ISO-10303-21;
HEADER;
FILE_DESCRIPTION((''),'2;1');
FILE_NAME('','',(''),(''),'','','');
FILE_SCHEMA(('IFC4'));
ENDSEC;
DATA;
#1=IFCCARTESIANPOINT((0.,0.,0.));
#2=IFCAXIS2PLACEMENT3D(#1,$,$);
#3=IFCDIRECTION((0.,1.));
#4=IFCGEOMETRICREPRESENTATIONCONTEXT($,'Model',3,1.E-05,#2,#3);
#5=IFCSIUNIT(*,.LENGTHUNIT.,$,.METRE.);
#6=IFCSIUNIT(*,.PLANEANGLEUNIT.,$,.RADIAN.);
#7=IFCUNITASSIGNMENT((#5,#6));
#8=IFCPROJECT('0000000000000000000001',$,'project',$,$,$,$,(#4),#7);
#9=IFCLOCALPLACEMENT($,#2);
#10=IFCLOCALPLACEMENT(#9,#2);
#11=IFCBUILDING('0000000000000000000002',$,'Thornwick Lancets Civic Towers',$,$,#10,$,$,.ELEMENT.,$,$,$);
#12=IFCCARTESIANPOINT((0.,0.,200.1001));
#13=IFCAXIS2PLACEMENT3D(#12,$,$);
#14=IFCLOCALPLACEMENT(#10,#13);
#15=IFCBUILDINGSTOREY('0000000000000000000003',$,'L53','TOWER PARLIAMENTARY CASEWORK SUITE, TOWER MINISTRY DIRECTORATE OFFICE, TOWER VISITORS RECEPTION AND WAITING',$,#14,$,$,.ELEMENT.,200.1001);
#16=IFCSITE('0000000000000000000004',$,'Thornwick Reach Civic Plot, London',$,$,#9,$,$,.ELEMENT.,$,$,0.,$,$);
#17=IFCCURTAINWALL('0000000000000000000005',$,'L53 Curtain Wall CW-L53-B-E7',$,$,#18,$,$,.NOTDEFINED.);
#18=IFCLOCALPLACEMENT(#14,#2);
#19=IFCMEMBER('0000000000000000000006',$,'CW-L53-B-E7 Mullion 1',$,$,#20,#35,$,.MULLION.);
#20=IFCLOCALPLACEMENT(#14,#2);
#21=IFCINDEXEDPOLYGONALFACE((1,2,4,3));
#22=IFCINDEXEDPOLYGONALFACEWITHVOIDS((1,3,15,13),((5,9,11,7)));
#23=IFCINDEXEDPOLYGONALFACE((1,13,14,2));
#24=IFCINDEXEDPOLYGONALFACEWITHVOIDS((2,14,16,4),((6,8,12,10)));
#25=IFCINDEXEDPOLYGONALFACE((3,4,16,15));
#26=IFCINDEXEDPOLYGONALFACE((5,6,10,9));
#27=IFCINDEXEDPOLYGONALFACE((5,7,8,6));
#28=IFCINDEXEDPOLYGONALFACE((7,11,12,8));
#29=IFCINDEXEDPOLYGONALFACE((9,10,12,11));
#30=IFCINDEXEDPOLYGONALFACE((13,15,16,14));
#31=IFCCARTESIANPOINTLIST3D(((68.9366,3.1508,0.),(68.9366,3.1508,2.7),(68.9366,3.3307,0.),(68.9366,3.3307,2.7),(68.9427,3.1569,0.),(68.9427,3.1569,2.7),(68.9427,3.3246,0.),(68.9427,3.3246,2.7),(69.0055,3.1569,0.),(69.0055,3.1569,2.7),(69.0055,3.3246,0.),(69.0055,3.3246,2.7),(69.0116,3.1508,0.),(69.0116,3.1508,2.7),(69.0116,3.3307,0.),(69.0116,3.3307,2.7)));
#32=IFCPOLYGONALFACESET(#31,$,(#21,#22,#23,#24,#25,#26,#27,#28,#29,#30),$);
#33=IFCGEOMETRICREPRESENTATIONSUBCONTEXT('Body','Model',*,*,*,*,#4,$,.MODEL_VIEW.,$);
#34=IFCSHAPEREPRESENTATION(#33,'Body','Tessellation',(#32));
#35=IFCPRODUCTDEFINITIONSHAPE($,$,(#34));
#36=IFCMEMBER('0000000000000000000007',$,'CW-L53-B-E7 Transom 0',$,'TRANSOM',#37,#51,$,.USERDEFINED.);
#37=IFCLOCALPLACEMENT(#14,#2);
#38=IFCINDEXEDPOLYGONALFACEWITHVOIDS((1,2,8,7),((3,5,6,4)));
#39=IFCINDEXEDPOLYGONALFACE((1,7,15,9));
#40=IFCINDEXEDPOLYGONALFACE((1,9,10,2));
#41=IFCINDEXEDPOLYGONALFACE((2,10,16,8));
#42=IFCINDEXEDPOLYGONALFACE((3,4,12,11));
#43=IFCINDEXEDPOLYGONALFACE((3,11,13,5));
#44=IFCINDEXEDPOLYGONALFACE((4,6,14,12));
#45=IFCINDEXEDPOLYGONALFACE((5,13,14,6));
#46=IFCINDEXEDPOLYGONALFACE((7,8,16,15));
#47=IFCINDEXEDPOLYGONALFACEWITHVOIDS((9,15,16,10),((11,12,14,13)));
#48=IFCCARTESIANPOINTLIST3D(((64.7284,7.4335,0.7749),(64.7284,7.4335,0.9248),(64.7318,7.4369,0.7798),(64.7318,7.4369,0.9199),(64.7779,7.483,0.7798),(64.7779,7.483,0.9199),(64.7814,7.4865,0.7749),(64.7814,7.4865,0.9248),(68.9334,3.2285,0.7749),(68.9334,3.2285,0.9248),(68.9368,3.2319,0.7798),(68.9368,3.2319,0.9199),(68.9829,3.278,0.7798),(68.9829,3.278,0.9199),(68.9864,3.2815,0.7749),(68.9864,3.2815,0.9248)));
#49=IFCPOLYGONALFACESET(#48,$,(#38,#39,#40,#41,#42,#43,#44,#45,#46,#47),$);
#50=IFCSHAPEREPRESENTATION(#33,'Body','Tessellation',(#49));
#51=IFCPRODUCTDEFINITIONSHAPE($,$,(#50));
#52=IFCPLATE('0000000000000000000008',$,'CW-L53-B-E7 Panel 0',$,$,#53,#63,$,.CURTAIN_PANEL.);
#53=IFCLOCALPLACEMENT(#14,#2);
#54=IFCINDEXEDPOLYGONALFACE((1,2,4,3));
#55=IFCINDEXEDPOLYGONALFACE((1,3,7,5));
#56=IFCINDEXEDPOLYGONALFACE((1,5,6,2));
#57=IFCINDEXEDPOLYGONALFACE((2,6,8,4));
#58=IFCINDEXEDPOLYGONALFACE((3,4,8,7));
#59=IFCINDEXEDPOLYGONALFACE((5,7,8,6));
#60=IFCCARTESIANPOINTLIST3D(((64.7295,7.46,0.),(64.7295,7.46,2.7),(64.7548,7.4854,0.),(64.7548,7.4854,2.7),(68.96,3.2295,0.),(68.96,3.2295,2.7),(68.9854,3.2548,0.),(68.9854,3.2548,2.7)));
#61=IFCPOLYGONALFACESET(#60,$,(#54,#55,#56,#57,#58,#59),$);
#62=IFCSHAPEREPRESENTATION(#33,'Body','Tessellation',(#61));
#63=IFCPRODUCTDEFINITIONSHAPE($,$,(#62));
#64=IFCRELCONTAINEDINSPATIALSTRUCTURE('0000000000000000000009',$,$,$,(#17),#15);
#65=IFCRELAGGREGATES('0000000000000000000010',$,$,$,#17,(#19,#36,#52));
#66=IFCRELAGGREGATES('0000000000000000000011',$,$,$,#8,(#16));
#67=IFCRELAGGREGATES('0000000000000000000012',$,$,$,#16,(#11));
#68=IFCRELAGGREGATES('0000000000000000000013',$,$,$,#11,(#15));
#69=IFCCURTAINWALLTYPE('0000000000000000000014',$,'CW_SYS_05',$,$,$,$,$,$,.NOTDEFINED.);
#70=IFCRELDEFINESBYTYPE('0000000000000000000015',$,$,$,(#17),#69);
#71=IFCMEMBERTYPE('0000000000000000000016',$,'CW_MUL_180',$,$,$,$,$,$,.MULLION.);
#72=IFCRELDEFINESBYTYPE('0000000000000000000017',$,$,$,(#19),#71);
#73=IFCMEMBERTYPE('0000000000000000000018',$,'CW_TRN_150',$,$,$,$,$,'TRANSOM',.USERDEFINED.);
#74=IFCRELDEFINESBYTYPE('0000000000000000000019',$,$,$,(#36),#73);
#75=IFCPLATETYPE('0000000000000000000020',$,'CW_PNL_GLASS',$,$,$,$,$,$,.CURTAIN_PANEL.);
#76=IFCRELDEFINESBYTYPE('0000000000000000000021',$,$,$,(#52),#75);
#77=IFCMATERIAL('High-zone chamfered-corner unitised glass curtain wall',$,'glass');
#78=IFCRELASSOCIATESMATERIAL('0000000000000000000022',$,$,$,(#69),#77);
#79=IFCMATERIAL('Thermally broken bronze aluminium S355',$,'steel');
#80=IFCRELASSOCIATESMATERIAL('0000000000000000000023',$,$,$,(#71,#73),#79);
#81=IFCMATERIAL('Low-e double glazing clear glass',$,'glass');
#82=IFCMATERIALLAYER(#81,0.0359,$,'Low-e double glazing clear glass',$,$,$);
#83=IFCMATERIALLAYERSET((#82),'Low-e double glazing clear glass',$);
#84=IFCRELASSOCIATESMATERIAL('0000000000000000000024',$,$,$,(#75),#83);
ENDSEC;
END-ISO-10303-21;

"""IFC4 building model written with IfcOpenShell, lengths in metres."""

from ifc_helpers import new_model, si_unit, direction, frame, origin, origin_2d, place, context, subcontext, project, spatial, rectangle, hollow_rectangle, extrude, material, layer, layer_set, material_profile, profile_set, type_object, element, aggregate, save


model = new_model("IFC4")

# Units and contexts
model_context = context("Model", 3, precision=1e-05, world=origin(), true_north=direction((0.0, 1.0)))
body_context = subcontext(model_context, "Body", "Model", "MODEL_VIEW")
ifc_project = project(units=[si_unit("LENGTHUNIT", "METRE"), si_unit("PLANEANGLEUNIT", "RADIAN")], contexts=[model_context])

# Site, building, storey
site_placement = place(None, origin())
site = spatial("IfcSite", under=ifc_project, at=site_placement, Name="Thornwick Reach Civic Plot, London", CompositionType="ELEMENT", RefElevation=0.0)
building_placement = place(site_placement, origin())
building = spatial("IfcBuilding", under=site, at=building_placement, Name="Thornwick Lancets Civic Towers", CompositionType="ELEMENT")
storey_placement = place(building_placement, frame((0.0, 0.0, 200.1001)))
storey = spatial("IfcBuildingStorey", under=building, at=storey_placement, Name="L53", Description="TOWER PARLIAMENTARY CASEWORK SUITE, TOWER MINISTRY DIRECTORATE OFFICE, TOWER VISITORS RECEPTION AND WAITING", CompositionType="ELEMENT", Elevation=200.1001)

# Curtain wall, members, plate
ifc_material_1 = material(Name="High-zone chamfered-corner unitised glass curtain wall", Category="glass")
curtain_wall_type = type_object("IfcCurtainWallType", Name="CW_SYS_05", PredefinedType="NOTDEFINED", material=ifc_material_1)
curtain_wall_placement = place(storey_placement, origin())
curtain_wall = element("IfcCurtainWall", 1, at=curtain_wall_placement, inside=storey, type_object=curtain_wall_type, Name="L53 Curtain Wall CW-L53-B-E7", PredefinedType="NOTDEFINED")
ifc_material_2 = material(Name="Thermally broken bronze aluminium S355", Category="steel")
ifc_material_profile_1 = material_profile(ifc_material_2, hollow_rectangle(XDim=0.075, YDim=0.1799, WallThickness=0.0061, at=origin_2d()), Name="RHS 180x75x6")
ifc_profile_set_1 = profile_set([ifc_material_profile_1], Name="Thermally broken bronze aluminium S355")
member_type_1 = type_object("IfcMemberType", Name="CW_MUL_180", PredefinedType="MULLION", material=ifc_profile_set_1)
member_1_placement = place(storey_placement, frame((68.9741, 3.2407, 0.0), z_axis=(0.0, 0.0, 1.0), x_axis=(1.0, 0.0, 0.0)))
member_1 = element("IfcMember", 2, at=member_1_placement, type_object=member_type_1, Name="CW-L53-B-E7 Mullion 1", PredefinedType="MULLION", context=body_context, shape_type="SweptSolid", body=[
    extrude(hollow_rectangle(XDim=0.075, YDim=0.1799, WallThickness=0.0061, at=origin_2d()), origin(), (0.0, 0.0, 1.0), 2.7),
])
ifc_material_profile_2 = material_profile(ifc_material_2, hollow_rectangle(XDim=0.075, YDim=0.1499, WallThickness=0.0049, at=origin_2d()), Name="RHS 150x75x5")
ifc_profile_set_2 = profile_set([ifc_material_profile_2], Name="Thermally broken bronze aluminium S355")
member_type_2 = type_object("IfcMemberType", Name="CW_TRN_150", ElementType="TRANSOM", PredefinedType="USERDEFINED", material=ifc_profile_set_2)
member_2_placement = place(storey_placement, frame((64.7549, 7.46, 0.8499), z_axis=(0.707107, -0.707107, 0.0), x_axis=(0.707107, 0.707107, 0.0)))
member_2 = element("IfcMember", 3, at=member_2_placement, type_object=member_type_2, Name="CW-L53-B-E7 Transom 0", ObjectType="TRANSOM", PredefinedType="USERDEFINED", context=body_context, shape_type="SweptSolid", body=[
    extrude(hollow_rectangle(XDim=0.075, YDim=0.1499, WallThickness=0.0049, at=origin_2d()), origin(), (0.0, 0.0, 1.0), 5.9468),
])
ifc_material_3 = material(Name="Low-e double glazing clear glass", Category="glass")
ifc_layer_1 = layer(ifc_material_3, 0.0359, Name="Low-e double glazing clear glass")
ifc_layer_set_1 = layer_set([ifc_layer_1], Name="Low-e double glazing clear glass")
plate_type = type_object("IfcPlateType", Name="CW_PNL_GLASS", PredefinedType="CURTAIN_PANEL", material=ifc_layer_set_1)
plate_placement = place(storey_placement, frame((66.8574, 5.3574, 0.0), z_axis=(0.0, 0.0, 1.0), x_axis=(0.707107, -0.707107, 0.0)))
plate = element("IfcPlate", 4, at=plate_placement, type_object=plate_type, Name="CW-L53-B-E7 Panel 0", PredefinedType="CURTAIN_PANEL", context=body_context, shape_type="SweptSolid", body=[
    extrude(rectangle(XDim=5.9829, YDim=0.0359, at=origin_2d()), origin(), (0.0, 0.0, 1.0), 2.7),
])
aggregate(curtain_wall, [member_1, member_2, plate])

save(model, "model.ifc")
